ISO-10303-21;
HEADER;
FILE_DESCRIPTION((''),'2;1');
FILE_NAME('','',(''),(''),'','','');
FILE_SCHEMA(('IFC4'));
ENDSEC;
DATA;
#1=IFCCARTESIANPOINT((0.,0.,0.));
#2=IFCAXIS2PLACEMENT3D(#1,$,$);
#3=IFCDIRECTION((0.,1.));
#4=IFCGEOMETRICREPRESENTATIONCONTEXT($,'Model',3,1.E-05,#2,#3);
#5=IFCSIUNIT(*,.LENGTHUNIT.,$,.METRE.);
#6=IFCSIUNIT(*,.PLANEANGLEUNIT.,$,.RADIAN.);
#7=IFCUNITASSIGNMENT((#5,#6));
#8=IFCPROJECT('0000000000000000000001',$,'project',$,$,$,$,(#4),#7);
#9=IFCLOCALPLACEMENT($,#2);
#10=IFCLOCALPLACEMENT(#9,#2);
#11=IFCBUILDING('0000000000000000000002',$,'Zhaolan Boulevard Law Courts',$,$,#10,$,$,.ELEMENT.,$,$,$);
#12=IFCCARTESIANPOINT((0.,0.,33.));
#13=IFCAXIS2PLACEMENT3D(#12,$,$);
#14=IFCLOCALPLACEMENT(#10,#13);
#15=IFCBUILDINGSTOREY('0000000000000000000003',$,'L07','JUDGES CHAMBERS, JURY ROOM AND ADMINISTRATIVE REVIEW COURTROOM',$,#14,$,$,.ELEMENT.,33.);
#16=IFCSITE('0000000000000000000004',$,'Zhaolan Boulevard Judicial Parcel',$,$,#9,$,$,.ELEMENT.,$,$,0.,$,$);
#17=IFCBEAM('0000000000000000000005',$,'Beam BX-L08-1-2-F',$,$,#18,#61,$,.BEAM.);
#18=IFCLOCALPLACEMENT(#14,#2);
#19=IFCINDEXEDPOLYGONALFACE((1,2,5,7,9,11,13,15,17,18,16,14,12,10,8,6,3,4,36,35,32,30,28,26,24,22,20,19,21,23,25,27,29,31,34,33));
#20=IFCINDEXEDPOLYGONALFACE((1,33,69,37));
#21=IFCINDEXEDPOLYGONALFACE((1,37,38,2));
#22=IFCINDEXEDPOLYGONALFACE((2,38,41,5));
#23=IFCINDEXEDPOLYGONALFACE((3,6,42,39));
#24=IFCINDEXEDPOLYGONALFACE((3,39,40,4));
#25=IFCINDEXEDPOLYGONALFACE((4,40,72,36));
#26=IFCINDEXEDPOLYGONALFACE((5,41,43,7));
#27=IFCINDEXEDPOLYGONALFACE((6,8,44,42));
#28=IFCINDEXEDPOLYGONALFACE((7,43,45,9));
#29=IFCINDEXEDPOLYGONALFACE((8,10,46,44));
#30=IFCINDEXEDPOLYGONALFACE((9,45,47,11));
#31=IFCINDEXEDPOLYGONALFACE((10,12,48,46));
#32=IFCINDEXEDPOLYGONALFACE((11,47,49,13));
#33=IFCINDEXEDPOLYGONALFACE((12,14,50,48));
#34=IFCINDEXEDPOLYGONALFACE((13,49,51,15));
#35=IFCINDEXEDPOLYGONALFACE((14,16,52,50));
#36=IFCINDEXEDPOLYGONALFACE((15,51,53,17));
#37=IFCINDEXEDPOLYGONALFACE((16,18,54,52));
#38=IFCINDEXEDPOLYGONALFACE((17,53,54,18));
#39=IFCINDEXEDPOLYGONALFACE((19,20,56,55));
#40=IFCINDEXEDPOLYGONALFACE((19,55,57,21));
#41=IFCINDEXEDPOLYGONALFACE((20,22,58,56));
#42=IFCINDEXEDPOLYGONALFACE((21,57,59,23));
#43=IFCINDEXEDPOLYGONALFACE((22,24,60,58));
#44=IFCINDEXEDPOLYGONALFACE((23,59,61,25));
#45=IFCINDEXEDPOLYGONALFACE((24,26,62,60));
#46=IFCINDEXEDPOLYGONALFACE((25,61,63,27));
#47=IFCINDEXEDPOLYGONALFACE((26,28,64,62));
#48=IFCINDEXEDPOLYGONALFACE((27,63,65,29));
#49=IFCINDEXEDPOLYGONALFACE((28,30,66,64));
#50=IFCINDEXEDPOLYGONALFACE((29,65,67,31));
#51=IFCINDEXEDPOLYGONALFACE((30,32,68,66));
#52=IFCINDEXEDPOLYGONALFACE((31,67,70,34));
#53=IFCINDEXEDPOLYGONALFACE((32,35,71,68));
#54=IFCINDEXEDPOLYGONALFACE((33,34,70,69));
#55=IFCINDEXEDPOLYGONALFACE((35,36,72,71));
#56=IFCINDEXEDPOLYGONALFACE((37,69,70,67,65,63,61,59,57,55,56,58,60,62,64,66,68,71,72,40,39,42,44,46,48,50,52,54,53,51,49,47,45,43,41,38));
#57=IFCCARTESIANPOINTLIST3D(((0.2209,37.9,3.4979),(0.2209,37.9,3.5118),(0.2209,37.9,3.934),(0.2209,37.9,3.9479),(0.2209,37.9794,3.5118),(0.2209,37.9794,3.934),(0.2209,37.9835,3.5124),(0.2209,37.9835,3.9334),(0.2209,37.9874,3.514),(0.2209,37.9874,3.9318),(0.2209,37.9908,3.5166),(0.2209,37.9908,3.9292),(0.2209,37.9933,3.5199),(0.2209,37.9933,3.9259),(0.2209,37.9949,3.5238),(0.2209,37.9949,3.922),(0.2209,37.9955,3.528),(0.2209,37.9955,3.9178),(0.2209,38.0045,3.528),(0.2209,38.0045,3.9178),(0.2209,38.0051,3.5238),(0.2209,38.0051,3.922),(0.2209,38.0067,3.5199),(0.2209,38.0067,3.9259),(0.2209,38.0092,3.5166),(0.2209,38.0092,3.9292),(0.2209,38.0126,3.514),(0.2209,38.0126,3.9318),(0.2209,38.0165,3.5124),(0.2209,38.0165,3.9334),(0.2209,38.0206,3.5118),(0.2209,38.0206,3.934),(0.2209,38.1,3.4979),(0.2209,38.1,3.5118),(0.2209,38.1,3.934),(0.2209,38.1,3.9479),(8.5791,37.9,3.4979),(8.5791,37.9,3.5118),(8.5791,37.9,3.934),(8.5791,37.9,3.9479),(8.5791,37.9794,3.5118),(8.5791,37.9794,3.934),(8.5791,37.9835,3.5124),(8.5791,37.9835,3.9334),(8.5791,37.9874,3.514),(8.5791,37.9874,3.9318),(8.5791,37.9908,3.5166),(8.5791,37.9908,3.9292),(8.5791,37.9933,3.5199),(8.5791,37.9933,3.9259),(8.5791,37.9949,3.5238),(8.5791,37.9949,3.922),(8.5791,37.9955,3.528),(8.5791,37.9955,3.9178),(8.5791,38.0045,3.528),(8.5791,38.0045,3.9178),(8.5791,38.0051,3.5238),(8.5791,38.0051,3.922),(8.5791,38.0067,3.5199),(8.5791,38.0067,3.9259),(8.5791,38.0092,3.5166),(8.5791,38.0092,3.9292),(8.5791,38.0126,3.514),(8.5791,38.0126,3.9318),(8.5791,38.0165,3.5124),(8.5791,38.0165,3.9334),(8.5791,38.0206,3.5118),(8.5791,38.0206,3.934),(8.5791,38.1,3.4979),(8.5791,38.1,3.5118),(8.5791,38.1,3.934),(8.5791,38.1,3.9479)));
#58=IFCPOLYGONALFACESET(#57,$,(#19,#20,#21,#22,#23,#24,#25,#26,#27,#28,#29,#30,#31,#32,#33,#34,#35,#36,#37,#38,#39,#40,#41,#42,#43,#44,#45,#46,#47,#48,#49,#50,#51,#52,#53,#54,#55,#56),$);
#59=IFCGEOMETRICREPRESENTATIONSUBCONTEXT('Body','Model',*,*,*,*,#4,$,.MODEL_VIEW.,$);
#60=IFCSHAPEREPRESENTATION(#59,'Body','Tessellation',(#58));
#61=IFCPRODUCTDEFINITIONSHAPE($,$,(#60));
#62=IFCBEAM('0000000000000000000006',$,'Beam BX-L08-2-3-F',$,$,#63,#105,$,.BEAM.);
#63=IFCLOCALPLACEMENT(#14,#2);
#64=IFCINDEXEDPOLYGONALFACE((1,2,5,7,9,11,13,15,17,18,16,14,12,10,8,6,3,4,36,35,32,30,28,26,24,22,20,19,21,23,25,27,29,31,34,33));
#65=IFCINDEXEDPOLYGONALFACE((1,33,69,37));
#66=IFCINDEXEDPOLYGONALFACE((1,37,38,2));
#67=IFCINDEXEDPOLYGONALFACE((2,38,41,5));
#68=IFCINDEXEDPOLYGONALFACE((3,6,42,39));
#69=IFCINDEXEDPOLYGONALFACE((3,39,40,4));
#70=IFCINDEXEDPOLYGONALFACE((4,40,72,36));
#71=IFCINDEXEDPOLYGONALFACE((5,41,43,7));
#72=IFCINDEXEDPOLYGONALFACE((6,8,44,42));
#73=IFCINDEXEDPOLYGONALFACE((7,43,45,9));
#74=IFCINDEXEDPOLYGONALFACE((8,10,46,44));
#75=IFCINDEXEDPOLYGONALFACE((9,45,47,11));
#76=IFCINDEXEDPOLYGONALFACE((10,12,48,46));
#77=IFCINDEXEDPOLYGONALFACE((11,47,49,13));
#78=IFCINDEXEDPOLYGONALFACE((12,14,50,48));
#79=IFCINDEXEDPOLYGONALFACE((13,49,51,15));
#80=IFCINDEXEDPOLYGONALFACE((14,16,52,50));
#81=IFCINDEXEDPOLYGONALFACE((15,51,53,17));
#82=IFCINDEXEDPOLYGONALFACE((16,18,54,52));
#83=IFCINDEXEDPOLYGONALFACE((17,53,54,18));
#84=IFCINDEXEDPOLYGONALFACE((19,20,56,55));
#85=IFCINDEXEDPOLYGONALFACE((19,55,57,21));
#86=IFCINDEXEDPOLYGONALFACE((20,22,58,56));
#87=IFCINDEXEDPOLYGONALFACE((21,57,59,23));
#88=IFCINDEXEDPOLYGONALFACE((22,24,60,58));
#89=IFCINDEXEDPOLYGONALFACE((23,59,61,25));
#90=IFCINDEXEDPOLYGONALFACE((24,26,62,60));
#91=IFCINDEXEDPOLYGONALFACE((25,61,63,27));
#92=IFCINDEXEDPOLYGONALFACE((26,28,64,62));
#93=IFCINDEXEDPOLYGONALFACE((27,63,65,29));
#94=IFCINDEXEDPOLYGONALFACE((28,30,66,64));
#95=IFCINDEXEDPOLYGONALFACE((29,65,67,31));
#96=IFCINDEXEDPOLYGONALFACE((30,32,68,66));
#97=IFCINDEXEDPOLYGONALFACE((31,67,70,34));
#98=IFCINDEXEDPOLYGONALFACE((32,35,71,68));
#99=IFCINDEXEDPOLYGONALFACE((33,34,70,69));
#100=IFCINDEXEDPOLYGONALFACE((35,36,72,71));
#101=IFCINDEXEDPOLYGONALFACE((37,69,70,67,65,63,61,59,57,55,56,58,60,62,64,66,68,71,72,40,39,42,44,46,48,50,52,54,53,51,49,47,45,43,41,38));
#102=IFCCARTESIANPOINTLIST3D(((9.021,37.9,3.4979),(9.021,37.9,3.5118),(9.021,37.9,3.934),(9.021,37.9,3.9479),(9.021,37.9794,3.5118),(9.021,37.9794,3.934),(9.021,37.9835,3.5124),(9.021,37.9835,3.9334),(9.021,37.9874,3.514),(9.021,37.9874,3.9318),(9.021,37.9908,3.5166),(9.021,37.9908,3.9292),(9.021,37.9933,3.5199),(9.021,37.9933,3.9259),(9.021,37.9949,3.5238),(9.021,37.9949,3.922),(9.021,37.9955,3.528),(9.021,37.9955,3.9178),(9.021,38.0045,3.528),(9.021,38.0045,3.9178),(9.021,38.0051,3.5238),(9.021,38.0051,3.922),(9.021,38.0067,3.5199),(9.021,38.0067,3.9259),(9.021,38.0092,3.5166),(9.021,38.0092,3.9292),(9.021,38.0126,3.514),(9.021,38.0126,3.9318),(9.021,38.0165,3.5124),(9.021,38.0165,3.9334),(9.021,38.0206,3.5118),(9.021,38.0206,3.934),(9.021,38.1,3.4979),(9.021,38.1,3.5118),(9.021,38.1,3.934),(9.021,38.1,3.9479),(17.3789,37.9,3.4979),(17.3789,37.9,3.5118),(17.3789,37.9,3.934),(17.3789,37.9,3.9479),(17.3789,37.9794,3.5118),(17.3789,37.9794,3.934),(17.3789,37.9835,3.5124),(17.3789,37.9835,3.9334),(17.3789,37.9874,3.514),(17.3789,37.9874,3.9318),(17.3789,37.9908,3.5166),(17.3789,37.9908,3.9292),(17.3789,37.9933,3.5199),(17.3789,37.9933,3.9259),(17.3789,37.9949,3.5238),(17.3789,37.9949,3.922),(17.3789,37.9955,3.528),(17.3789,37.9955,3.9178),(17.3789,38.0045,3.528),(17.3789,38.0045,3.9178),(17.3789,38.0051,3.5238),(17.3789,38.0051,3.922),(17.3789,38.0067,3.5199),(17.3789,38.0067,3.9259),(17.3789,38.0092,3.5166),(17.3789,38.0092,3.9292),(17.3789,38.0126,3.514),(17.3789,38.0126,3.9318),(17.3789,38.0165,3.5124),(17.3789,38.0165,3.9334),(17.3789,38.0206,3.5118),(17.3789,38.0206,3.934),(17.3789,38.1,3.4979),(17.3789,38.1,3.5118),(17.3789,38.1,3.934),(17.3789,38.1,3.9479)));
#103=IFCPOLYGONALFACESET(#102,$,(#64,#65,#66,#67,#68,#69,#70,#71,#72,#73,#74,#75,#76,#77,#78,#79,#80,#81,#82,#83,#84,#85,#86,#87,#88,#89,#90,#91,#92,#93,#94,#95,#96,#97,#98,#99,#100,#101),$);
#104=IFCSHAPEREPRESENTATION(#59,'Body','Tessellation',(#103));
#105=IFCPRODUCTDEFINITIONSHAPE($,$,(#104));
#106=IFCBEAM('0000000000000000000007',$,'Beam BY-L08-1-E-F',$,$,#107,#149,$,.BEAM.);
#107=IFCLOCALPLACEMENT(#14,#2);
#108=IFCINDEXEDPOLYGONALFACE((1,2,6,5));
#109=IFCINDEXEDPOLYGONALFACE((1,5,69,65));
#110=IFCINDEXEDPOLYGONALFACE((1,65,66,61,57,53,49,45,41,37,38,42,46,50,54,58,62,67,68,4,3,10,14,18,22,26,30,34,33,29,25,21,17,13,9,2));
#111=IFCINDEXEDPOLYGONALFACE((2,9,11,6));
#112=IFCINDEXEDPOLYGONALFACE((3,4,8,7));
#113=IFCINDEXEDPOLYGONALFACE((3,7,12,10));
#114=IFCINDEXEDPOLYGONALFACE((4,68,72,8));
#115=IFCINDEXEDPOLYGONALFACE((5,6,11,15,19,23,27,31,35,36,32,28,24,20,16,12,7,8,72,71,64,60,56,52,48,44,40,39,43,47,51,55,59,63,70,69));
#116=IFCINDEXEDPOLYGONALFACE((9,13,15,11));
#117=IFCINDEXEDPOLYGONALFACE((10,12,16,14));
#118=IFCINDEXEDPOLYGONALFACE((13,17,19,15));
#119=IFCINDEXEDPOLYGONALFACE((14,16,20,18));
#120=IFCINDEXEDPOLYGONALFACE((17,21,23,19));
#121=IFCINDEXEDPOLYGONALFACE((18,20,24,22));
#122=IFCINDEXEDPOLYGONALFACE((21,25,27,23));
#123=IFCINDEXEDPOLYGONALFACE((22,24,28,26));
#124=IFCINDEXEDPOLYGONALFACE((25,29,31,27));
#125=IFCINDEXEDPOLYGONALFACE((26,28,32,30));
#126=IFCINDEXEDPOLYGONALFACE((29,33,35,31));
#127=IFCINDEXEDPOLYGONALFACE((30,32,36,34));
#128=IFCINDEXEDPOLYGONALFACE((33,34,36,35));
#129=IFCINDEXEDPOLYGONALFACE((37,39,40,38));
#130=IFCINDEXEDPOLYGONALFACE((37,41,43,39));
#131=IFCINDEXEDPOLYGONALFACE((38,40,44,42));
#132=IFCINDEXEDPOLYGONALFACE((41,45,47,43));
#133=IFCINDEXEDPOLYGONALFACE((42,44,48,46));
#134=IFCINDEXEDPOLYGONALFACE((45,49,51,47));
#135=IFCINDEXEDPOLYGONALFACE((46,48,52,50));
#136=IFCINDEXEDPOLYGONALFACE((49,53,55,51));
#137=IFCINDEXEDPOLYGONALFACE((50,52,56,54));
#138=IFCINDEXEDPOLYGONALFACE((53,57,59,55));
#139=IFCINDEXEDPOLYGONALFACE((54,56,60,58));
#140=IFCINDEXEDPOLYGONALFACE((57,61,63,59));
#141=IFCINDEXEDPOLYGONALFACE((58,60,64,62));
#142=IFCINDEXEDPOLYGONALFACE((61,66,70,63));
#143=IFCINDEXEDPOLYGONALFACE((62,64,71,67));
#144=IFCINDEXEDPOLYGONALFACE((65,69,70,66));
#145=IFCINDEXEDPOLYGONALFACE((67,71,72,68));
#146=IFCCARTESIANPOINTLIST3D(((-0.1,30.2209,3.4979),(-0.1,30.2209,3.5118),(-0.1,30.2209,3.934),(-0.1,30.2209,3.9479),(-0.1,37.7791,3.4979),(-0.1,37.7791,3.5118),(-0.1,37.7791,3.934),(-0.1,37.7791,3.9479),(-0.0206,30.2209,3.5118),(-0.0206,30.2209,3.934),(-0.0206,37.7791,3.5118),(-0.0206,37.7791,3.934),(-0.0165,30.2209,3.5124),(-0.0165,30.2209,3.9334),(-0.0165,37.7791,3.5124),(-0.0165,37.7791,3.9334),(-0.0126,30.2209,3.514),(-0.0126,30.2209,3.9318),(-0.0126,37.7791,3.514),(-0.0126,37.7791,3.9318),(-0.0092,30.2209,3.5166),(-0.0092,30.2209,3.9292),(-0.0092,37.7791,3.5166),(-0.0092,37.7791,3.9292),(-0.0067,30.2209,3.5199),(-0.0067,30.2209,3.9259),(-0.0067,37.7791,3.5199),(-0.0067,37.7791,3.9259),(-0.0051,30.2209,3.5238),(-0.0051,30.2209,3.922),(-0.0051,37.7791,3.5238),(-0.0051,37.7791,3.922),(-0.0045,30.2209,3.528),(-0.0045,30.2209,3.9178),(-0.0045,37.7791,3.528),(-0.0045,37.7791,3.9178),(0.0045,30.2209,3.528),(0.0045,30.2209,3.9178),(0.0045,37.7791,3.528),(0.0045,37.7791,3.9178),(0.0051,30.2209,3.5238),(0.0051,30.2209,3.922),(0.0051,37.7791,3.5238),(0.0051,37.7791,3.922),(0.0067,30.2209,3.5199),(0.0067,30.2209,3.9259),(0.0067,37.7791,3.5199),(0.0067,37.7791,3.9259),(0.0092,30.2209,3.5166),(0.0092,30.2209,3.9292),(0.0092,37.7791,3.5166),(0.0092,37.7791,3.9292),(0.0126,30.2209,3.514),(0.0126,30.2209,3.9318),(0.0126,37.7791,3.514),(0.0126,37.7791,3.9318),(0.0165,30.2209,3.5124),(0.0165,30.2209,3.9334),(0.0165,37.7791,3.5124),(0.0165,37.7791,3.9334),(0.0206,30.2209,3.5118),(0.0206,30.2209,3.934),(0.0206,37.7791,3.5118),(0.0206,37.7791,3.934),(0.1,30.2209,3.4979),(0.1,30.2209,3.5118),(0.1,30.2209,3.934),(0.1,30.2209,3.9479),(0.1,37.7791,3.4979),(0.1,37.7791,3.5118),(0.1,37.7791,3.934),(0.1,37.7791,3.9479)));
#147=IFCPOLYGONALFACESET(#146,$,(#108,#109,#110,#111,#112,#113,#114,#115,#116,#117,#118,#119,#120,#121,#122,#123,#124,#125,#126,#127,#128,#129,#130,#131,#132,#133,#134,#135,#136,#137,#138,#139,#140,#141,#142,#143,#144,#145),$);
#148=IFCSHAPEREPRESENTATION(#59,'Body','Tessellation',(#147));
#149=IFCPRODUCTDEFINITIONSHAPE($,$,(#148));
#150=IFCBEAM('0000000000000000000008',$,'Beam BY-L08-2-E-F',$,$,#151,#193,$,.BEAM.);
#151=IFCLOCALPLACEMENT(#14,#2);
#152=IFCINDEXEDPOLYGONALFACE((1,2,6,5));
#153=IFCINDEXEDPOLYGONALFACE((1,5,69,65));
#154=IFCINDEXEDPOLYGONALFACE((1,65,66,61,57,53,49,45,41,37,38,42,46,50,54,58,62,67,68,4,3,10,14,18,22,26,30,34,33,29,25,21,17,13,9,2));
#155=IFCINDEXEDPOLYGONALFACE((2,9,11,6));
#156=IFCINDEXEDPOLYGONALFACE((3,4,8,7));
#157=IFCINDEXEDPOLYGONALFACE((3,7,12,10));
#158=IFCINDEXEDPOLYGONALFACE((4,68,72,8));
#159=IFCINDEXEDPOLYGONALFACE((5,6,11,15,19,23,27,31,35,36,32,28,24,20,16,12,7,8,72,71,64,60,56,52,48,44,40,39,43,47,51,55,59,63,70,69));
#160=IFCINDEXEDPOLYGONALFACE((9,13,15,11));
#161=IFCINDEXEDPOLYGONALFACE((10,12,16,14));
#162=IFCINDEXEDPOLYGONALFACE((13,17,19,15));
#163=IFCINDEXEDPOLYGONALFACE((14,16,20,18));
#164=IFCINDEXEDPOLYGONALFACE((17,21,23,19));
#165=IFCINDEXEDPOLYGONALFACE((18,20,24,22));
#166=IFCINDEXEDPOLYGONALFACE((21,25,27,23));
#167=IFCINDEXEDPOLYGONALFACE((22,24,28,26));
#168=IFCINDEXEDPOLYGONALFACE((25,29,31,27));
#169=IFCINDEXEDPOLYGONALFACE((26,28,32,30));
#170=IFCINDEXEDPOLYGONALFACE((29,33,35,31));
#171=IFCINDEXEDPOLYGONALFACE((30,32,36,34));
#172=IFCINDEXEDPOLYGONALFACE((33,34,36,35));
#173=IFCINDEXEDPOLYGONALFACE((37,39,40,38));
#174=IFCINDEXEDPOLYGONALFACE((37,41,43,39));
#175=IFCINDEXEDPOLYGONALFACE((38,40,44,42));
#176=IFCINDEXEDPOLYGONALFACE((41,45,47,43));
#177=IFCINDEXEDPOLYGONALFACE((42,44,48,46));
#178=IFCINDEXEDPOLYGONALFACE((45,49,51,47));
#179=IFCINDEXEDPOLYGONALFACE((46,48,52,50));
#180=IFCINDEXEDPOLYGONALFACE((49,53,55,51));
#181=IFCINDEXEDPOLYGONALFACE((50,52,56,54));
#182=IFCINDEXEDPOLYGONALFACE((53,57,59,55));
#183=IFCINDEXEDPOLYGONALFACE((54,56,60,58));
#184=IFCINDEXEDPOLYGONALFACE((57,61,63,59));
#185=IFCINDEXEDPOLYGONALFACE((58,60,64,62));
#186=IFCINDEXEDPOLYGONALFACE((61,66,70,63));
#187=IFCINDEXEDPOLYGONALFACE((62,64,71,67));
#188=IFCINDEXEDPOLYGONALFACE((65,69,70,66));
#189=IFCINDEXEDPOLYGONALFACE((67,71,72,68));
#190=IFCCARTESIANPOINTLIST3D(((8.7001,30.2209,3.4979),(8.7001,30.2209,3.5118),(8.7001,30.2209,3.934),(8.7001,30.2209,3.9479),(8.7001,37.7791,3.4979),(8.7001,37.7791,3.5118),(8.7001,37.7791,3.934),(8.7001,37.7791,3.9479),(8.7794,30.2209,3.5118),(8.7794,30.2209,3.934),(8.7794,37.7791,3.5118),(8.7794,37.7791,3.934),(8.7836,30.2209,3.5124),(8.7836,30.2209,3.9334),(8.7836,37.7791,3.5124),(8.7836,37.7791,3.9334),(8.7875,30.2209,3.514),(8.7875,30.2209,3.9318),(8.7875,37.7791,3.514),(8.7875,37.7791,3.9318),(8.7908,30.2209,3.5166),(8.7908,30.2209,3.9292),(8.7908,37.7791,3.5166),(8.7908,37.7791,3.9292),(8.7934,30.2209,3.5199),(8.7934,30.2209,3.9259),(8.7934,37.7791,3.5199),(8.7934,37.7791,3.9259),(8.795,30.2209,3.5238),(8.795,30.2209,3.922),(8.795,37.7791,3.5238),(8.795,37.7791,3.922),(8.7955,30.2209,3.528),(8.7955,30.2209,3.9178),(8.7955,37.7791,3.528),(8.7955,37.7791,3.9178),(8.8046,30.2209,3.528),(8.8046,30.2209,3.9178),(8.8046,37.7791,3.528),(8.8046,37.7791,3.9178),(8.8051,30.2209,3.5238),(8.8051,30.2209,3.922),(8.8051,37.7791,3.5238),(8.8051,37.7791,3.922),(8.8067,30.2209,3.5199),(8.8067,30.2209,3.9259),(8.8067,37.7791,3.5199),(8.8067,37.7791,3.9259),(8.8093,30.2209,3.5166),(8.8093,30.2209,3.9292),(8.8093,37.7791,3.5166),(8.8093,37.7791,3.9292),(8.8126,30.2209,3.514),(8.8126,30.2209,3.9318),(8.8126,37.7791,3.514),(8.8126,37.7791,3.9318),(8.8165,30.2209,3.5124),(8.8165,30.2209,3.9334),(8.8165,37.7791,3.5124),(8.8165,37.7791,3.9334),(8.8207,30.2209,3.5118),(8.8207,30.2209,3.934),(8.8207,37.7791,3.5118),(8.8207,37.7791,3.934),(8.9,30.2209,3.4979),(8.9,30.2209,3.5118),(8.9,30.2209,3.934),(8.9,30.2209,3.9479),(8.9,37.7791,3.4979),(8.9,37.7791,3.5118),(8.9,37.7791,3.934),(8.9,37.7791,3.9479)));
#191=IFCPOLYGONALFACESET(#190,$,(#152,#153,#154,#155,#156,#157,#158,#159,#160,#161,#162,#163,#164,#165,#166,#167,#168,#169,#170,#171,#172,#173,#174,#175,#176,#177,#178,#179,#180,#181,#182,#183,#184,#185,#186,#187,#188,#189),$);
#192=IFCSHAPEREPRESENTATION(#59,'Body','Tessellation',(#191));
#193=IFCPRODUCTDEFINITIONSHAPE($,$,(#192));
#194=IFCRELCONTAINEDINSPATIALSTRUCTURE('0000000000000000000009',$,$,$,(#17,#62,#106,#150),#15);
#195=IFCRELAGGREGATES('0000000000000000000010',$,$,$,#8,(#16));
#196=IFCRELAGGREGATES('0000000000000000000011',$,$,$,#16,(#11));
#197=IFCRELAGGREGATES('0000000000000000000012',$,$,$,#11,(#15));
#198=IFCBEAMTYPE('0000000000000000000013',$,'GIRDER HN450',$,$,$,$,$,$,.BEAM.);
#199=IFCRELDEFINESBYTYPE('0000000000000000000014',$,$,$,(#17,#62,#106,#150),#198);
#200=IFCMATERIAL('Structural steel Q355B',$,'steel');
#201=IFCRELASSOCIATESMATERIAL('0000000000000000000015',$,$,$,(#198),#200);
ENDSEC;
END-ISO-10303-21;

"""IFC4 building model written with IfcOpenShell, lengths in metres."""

from ifc_helpers import new_model, si_unit, direction, frame, origin, origin_2d, place, context, subcontext, project, spatial, i_section, extrude, material, material_profile, profile_set, type_object, element, save


model = new_model("IFC4")

# Units and contexts
model_context = context("Model", 3, precision=1e-05, world=origin(), true_north=direction((0.0, 1.0)))
body_context = subcontext(model_context, "Body", "Model", "MODEL_VIEW")
ifc_project = project(units=[si_unit("LENGTHUNIT", "METRE"), si_unit("PLANEANGLEUNIT", "RADIAN")], contexts=[model_context])

# Site, building, storey
site_placement = place(None, origin())
site = spatial("IfcSite", under=ifc_project, at=site_placement, Name="Zhaolan Boulevard Judicial Parcel", CompositionType="ELEMENT", RefElevation=0.0)
building_placement = place(site_placement, origin())
building = spatial("IfcBuilding", under=site, at=building_placement, Name="Zhaolan Boulevard Law Courts", CompositionType="ELEMENT")
storey_placement = place(building_placement, frame((0.0, 0.0, 33.0)))
storey = spatial("IfcBuildingStorey", under=building, at=storey_placement, Name="L07", Description="JUDGES CHAMBERS, JURY ROOM AND ADMINISTRATIVE REVIEW COURTROOM", CompositionType="ELEMENT", Elevation=33.0)

# Beams
ifc_material_1 = material(Name="Structural steel Q355B", Category="steel")
ifc_material_profile_1 = material_profile(ifc_material_1, i_section(OverallWidth=0.2, OverallDepth=0.45, WebThickness=0.009, FlangeThickness=0.0139, FilletRadius=0.0161, at=origin_2d()), Name="HN450x200")
ifc_profile_set_1 = profile_set([ifc_material_profile_1], Name="Structural steel Q355B")
beam_type_1 = type_object("IfcBeamType", Name="GIRDER HN450", PredefinedType="BEAM", material=ifc_profile_set_1)
beam_1_placement = place(storey_placement, frame((0.2209, 38.0, 3.7229), z_axis=(1.0, 0.0, 0.0), x_axis=(0.0, 1.0, 0.0)))
element("IfcBeam", 1, at=beam_1_placement, inside=storey, type_object=beam_type_1, Name="Beam BX-L08-1-2-F", PredefinedType="BEAM", context=body_context, shape_type="SweptSolid", body=[
    extrude(i_section(OverallWidth=0.2, OverallDepth=0.45, WebThickness=0.009, FlangeThickness=0.0139, FilletRadius=0.0161, at=origin_2d()), origin(), (0.0, 0.0, 1.0), 8.3582),
])
beam_2_placement = place(storey_placement, frame((9.021, 38.0, 3.7229), z_axis=(1.0, 0.0, 0.0), x_axis=(0.0, 1.0, 0.0)))
element("IfcBeam", 2, at=beam_2_placement, inside=storey, type_object=beam_type_1, Name="Beam BX-L08-2-3-F", PredefinedType="BEAM", context=body_context, shape_type="SweptSolid", body=[
    extrude(i_section(OverallWidth=0.2, OverallDepth=0.45, WebThickness=0.009, FlangeThickness=0.0139, FilletRadius=0.0161, at=origin_2d()), origin(), (0.0, 0.0, 1.0), 8.3579),
])
for number, where, z_axis, x_axis, name in (
    (3, (0.0, 30.2209, 3.7229), (0.0, 1.0, 0.0), (-1.0, 0.0, 0.0), "Beam BY-L08-1-E-F"),
    (4, (8.8, 30.2209, 3.7229), (0.0, 1.0, 0.0), (-1.0, 0.0, 0.0), "Beam BY-L08-2-E-F"),
):
    element("IfcBeam", number, at=place(storey_placement, frame(where, z_axis=z_axis, x_axis=x_axis)), inside=storey, type_object=beam_type_1, Name=name, PredefinedType="BEAM", context=body_context, shape_type="SweptSolid", body=[
        extrude(i_section(OverallWidth=0.2, OverallDepth=0.45, WebThickness=0.009, FlangeThickness=0.0139, FilletRadius=0.0161, at=origin_2d()), origin(), (0.0, 0.0, 1.0), 7.5581),
    ])

save(model, "model.ifc")
